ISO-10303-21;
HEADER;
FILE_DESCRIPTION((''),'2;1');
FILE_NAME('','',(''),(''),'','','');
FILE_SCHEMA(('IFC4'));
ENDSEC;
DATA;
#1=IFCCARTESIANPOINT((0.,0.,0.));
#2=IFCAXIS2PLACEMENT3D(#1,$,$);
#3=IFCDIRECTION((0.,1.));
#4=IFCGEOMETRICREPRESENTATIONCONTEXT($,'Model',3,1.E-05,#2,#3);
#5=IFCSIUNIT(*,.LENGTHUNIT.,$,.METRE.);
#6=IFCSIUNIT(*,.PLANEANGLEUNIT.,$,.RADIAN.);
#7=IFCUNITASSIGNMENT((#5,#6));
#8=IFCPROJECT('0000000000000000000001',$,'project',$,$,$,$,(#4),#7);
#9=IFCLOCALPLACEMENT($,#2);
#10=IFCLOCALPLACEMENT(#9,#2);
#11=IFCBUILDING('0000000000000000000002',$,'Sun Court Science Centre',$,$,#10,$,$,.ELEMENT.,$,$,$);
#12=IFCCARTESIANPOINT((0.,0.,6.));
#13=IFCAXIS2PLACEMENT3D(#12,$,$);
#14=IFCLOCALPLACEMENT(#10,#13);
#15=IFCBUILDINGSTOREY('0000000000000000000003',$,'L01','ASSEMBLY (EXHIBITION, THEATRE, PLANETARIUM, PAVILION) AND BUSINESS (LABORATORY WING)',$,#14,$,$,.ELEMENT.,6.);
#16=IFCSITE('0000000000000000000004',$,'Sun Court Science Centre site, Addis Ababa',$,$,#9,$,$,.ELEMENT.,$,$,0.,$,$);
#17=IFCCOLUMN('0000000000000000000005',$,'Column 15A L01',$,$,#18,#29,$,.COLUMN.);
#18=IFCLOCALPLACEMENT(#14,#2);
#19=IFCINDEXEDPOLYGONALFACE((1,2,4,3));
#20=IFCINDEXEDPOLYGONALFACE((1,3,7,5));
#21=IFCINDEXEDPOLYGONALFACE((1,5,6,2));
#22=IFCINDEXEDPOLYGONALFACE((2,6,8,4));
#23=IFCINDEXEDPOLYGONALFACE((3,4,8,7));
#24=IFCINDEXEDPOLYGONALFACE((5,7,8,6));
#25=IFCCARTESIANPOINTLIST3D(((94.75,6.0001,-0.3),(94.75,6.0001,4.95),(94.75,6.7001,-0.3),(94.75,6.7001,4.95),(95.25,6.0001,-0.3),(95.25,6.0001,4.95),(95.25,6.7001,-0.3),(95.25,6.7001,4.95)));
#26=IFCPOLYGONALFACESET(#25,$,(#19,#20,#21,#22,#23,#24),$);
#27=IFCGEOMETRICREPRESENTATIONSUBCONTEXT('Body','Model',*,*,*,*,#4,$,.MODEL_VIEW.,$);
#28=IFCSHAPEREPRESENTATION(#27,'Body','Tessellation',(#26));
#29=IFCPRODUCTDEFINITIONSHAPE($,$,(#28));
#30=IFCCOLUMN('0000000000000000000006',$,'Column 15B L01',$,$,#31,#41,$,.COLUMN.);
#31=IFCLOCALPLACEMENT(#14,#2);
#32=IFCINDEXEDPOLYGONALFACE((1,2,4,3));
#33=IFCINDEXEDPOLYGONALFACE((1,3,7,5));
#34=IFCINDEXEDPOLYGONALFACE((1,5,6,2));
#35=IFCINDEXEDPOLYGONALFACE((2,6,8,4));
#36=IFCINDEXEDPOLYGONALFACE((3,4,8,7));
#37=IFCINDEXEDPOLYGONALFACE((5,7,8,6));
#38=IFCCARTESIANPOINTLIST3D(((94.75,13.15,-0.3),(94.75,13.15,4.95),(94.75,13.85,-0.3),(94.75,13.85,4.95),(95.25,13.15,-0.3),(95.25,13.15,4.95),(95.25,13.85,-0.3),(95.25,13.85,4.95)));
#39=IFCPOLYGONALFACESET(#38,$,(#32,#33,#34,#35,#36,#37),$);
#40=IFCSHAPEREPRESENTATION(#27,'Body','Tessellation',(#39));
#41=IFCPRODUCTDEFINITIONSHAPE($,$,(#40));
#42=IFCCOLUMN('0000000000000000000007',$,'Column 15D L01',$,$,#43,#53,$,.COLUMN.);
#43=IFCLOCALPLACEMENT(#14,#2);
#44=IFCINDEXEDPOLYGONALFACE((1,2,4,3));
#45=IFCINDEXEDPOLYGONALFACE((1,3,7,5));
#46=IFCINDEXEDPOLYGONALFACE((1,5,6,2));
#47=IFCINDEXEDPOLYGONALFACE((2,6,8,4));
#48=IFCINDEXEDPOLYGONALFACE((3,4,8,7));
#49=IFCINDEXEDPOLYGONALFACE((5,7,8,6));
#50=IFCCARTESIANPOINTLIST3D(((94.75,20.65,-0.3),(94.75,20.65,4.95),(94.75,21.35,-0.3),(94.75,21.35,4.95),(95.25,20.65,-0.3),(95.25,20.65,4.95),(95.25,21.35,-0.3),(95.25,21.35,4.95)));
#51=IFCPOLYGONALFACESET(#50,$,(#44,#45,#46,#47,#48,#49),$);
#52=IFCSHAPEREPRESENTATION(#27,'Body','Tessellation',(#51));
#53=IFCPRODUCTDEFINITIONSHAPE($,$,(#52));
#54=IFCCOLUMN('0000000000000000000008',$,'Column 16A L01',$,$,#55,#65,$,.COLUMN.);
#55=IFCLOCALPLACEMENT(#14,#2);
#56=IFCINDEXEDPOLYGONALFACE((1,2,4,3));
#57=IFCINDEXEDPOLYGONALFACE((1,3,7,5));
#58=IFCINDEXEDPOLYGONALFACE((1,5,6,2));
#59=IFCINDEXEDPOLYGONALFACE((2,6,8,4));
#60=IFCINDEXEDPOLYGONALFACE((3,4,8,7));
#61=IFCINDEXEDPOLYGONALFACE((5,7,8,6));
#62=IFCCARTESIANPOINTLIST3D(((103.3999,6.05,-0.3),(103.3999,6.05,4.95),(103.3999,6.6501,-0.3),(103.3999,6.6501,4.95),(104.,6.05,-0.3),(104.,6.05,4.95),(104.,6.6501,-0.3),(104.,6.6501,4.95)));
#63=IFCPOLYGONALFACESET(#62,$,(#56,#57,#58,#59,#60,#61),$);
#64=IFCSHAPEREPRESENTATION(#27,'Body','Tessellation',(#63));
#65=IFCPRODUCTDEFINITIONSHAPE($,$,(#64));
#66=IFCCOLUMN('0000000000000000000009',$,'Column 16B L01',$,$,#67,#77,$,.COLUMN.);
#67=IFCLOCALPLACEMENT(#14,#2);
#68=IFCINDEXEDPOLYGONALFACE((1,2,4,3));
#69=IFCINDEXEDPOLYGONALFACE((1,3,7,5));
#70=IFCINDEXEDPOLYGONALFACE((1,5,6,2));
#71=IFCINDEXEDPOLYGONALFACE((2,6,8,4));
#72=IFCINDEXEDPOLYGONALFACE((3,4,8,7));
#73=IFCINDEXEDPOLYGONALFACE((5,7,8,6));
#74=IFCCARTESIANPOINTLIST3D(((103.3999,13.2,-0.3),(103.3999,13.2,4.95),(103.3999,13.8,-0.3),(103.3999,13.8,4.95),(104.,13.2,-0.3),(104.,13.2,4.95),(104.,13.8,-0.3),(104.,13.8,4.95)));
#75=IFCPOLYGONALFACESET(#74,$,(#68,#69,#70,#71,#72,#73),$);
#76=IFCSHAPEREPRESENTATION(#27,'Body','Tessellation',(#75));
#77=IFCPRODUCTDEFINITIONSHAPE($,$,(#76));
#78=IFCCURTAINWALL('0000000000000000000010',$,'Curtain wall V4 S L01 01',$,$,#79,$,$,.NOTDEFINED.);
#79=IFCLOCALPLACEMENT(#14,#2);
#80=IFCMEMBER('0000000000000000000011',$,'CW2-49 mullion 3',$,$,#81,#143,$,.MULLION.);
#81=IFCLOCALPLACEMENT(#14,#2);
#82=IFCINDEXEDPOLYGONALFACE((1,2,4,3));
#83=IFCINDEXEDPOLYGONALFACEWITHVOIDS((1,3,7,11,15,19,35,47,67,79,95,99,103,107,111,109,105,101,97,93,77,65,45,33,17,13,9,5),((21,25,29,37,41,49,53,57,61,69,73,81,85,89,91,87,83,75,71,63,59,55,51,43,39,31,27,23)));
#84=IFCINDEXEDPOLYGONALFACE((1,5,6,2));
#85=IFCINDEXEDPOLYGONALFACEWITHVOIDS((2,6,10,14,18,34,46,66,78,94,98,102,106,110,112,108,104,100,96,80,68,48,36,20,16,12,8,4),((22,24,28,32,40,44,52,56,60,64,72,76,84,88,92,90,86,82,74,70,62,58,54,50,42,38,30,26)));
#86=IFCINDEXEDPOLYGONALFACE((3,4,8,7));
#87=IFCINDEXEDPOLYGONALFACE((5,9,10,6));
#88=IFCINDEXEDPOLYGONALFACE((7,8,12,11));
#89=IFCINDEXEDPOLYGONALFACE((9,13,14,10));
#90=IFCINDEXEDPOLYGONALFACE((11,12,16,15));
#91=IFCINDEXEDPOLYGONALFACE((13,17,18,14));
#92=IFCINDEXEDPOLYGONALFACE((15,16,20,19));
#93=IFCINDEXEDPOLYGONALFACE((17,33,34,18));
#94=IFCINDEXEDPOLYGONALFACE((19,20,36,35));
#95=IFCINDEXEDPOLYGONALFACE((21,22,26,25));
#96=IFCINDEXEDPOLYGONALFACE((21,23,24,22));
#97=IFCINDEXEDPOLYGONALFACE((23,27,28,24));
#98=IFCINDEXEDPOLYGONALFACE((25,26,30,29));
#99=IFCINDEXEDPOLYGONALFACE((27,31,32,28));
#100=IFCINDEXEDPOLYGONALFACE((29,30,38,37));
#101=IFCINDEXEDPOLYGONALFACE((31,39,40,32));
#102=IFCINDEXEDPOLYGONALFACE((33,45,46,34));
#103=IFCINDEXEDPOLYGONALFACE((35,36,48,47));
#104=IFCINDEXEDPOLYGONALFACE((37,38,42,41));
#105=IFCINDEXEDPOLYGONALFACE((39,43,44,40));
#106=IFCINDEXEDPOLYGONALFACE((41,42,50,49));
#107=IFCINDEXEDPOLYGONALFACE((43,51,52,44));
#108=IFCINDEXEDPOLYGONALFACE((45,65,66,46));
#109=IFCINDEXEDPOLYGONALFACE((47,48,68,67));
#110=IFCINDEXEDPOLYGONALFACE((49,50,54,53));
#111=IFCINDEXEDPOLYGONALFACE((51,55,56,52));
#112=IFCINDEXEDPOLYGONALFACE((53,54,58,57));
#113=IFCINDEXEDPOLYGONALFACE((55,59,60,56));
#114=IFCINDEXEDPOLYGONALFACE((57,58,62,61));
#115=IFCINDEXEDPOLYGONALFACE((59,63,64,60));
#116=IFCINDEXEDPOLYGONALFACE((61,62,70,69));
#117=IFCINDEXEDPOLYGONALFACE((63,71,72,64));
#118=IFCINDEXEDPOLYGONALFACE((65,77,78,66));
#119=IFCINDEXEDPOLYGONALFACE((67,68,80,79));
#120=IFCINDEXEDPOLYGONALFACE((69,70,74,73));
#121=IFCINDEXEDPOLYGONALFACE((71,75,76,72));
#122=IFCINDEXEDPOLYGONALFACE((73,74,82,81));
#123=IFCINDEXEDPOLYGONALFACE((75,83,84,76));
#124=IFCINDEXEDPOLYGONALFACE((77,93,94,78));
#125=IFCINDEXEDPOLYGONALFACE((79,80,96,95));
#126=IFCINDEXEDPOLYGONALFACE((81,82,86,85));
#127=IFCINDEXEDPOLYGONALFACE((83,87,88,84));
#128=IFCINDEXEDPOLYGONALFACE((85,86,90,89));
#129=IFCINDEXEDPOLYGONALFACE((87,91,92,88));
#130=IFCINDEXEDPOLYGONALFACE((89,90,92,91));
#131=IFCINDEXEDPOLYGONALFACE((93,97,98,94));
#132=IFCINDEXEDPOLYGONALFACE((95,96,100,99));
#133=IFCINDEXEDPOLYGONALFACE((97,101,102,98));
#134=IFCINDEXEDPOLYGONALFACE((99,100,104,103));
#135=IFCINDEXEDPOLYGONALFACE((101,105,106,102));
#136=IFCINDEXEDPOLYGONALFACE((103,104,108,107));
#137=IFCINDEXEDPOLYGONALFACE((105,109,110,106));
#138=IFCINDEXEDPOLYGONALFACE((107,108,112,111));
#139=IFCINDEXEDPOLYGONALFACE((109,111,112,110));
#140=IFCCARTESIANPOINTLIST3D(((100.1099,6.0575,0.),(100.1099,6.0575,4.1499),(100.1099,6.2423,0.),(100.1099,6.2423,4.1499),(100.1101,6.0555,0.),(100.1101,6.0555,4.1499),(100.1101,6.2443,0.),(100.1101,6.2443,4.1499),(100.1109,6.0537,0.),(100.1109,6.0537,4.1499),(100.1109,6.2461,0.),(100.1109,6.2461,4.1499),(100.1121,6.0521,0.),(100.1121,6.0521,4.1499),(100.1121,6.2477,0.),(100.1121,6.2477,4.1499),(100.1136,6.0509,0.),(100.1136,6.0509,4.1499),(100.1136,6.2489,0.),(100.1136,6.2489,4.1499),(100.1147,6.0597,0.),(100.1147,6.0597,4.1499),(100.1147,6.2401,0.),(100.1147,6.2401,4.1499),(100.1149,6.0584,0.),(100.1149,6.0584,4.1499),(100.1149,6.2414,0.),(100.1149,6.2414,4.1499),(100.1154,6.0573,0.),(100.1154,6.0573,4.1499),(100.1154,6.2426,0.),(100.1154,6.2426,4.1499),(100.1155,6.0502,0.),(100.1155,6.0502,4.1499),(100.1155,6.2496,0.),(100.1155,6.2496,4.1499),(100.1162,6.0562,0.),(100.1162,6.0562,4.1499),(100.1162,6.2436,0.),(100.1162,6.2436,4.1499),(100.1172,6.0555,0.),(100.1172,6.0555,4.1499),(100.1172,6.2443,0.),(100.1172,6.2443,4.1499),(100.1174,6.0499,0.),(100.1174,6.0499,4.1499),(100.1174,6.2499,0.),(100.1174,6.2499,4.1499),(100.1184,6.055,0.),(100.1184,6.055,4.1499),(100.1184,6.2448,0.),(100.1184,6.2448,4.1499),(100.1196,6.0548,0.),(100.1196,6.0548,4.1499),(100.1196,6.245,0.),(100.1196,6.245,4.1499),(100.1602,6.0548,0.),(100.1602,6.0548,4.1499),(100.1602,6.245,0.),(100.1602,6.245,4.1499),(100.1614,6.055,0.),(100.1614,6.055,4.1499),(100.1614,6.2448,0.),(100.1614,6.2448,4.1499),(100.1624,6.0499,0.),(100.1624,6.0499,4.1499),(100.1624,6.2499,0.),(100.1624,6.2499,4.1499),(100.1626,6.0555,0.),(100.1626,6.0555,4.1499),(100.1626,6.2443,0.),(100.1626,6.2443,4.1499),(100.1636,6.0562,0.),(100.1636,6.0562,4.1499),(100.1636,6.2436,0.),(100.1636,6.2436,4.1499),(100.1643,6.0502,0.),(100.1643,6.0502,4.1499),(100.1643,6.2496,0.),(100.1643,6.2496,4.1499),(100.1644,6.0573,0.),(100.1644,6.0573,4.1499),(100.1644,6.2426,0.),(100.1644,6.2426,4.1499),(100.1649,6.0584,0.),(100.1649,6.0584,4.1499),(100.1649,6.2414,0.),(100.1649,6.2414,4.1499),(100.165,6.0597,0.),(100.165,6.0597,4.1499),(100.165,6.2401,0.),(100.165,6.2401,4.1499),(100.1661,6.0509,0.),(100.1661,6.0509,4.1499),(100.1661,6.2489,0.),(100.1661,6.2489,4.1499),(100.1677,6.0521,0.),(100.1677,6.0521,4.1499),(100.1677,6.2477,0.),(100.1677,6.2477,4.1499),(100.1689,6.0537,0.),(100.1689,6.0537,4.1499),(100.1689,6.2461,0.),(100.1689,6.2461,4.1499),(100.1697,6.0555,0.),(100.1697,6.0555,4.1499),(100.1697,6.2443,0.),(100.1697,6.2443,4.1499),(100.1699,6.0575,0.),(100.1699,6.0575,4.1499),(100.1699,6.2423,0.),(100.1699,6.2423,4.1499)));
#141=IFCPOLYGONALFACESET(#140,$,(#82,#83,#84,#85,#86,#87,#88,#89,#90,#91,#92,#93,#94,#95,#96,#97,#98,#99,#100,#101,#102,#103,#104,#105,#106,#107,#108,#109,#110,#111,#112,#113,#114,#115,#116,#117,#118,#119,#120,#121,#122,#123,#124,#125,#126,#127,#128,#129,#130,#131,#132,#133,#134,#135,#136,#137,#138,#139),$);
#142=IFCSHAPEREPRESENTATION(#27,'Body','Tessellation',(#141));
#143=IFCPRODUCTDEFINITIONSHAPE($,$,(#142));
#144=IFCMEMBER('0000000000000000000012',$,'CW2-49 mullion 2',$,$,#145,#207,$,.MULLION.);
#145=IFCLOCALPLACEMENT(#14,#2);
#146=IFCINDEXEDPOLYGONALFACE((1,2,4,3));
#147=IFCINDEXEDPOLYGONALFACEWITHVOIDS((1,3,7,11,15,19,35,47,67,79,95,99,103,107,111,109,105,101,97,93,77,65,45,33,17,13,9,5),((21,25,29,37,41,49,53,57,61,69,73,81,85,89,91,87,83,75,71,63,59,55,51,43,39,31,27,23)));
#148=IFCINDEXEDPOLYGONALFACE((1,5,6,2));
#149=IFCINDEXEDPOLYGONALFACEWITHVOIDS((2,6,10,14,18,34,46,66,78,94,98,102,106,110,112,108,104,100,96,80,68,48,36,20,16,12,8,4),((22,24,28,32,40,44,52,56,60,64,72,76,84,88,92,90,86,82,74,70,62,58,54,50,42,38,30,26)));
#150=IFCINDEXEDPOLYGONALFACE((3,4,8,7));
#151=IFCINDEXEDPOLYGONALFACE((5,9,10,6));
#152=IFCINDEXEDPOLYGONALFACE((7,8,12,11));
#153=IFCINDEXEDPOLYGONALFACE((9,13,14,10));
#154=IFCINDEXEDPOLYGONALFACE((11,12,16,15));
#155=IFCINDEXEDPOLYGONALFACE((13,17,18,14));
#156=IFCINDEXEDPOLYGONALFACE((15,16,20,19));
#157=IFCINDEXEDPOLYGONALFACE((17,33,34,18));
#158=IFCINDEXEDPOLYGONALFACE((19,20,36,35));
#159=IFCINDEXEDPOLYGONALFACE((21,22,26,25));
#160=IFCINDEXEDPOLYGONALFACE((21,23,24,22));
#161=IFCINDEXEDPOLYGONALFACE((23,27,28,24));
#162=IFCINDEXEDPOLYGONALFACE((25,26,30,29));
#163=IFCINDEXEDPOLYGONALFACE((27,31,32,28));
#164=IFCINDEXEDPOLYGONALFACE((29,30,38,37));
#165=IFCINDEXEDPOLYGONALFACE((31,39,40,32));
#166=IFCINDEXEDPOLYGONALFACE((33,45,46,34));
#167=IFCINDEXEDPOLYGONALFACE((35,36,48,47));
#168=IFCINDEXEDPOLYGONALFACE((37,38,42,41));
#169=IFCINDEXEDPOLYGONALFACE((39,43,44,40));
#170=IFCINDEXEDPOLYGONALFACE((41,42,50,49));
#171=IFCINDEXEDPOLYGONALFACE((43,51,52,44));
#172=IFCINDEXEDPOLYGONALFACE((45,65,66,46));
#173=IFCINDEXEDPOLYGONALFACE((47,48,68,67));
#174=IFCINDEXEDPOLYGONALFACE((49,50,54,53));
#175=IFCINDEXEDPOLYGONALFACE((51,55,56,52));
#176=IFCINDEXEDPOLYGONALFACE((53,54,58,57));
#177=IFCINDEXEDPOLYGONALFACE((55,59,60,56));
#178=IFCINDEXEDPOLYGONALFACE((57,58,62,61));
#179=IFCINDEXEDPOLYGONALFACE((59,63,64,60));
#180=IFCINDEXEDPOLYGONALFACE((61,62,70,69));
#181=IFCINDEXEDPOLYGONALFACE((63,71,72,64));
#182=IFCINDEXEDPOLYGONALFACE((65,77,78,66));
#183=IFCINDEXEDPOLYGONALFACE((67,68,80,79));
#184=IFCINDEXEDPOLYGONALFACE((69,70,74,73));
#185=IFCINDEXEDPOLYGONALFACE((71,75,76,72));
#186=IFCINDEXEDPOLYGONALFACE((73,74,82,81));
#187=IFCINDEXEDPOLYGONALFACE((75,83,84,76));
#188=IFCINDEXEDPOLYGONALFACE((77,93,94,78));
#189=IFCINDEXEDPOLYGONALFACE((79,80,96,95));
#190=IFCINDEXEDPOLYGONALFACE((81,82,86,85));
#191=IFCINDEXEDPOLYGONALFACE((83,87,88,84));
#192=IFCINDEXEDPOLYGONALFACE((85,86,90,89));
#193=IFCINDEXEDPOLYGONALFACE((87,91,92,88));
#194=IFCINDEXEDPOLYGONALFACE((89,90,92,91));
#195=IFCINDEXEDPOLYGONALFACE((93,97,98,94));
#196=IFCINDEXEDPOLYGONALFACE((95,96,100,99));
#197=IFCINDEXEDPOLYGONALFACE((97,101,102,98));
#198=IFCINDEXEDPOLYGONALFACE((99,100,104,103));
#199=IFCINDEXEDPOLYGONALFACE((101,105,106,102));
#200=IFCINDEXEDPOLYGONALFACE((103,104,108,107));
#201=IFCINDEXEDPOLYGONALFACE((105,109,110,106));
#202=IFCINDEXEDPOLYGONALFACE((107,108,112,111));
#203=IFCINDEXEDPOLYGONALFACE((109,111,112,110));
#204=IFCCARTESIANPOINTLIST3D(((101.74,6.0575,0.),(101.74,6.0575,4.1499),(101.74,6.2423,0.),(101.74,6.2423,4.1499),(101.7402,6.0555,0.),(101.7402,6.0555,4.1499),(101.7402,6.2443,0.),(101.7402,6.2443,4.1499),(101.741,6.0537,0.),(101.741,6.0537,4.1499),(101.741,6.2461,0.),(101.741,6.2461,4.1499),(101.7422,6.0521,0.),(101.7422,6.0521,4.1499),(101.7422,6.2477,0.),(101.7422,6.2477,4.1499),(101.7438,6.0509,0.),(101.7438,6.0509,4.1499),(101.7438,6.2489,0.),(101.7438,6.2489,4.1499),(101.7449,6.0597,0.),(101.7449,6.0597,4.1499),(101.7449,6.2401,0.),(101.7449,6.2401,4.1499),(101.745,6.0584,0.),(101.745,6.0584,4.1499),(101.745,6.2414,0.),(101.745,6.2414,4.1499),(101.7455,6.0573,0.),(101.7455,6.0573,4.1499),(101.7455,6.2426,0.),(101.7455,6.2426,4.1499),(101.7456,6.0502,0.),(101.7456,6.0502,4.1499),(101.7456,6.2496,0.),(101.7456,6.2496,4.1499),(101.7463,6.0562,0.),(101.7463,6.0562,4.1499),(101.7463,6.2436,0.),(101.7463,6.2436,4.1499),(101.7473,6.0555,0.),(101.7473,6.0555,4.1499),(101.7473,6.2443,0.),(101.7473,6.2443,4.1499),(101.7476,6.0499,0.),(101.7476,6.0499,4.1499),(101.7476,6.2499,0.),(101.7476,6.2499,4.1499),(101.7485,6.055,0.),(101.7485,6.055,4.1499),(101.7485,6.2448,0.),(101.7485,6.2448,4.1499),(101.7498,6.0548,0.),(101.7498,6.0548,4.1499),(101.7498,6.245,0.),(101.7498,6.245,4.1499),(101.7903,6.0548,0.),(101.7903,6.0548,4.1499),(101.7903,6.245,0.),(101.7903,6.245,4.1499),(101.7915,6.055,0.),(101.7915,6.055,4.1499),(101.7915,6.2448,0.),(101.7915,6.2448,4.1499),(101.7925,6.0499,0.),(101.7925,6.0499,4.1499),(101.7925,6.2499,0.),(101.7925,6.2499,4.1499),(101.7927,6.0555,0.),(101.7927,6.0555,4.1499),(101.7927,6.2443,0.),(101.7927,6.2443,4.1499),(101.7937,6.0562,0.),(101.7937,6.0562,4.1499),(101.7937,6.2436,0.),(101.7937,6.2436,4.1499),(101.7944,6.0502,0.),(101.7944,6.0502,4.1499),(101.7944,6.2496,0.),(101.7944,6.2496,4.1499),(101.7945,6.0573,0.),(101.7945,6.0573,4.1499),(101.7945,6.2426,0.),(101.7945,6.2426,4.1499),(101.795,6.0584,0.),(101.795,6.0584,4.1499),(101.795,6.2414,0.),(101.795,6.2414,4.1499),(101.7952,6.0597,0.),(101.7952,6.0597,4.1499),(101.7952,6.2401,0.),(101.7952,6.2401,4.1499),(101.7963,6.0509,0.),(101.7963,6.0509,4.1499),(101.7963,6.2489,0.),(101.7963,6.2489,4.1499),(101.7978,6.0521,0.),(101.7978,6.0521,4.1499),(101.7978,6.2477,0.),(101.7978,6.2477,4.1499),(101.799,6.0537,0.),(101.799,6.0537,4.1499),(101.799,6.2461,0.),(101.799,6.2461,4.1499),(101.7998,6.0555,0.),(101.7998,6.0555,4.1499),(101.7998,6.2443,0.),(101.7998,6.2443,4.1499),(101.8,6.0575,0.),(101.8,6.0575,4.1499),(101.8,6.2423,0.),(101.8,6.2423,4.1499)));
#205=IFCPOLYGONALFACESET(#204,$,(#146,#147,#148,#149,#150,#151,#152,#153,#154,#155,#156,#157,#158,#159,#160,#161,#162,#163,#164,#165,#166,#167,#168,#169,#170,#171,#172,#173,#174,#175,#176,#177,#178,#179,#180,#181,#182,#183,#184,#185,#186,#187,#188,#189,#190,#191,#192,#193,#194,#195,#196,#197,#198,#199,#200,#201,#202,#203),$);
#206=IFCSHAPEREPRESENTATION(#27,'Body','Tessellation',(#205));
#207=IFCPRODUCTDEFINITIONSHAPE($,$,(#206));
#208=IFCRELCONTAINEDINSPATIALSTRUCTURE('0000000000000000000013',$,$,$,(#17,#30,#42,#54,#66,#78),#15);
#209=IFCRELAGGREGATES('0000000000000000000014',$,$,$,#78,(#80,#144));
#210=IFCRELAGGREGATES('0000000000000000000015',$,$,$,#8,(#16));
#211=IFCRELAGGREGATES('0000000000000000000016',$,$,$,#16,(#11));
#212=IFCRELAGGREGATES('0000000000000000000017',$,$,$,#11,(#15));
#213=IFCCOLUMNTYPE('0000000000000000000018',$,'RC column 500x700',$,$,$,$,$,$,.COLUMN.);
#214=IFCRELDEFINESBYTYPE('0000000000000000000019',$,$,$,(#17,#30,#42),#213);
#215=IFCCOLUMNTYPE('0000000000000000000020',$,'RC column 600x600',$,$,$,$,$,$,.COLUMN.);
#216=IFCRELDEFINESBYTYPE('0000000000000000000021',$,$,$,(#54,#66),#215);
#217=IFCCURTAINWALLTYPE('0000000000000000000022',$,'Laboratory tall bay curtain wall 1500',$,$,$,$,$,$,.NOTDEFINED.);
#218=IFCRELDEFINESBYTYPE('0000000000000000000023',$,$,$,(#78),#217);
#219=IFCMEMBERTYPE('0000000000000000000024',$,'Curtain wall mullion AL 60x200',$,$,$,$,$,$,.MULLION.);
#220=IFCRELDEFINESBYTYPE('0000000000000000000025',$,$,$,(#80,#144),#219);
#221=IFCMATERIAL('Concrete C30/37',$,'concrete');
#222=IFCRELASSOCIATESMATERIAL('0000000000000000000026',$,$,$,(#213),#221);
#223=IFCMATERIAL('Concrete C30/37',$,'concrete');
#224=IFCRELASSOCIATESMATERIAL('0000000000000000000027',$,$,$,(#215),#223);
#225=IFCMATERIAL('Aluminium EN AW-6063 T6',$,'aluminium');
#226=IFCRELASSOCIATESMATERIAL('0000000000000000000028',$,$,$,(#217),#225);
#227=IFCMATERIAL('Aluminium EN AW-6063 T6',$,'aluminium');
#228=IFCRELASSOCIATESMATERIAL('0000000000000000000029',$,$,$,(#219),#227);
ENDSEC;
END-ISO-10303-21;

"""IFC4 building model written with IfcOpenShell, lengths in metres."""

from ifc_helpers import new_model, si_unit, direction, frame, origin, origin_2d, place, context, subcontext, project, spatial, rectangle, hollow_rectangle, extrude, material, material_profile, profile_set, type_object, element, aggregate, save


model = new_model("IFC4")

# Units and contexts
model_context = context("Model", 3, precision=1e-05, world=origin(), true_north=direction((0.0, 1.0)))
body_context = subcontext(model_context, "Body", "Model", "MODEL_VIEW")
ifc_project = project(units=[si_unit("LENGTHUNIT", "METRE"), si_unit("PLANEANGLEUNIT", "RADIAN")], contexts=[model_context])

# Site, building, storey
site_placement = place(None, origin())
site = spatial("IfcSite", under=ifc_project, at=site_placement, Name="Sun Court Science Centre site, Addis Ababa", CompositionType="ELEMENT", RefElevation=0.0)
building_placement = place(site_placement, origin())
building = spatial("IfcBuilding", under=site, at=building_placement, Name="Sun Court Science Centre", CompositionType="ELEMENT")
storey_placement = place(building_placement, frame((0.0, 0.0, 6.0)))
storey = spatial("IfcBuildingStorey", under=building, at=storey_placement, Name="L01", Description="ASSEMBLY (EXHIBITION, THEATRE, PLANETARIUM, PAVILION) AND BUSINESS (LABORATORY WING)", CompositionType="ELEMENT", Elevation=6.0)

# Columns
ifc_material_1 = material(Name="Concrete C30/37", Category="concrete")
ifc_material_profile_1 = material_profile(ifc_material_1, rectangle(XDim=0.5, YDim=0.7, at=origin_2d()), Name="RC 500x700")
ifc_profile_set_1 = profile_set([ifc_material_profile_1], Name="Concrete C30/37")
column_type_1 = type_object("IfcColumnType", Name="RC column 500x700", PredefinedType="COLUMN", material=ifc_profile_set_1)
for number, where, z_axis, x_axis, name in (
    (1, (95.0, 6.3501, -0.3), (0.0, 0.0, 1.0), (1.0, 0.0, 0.0), "Column 15A L01"),
    (2, (95.0, 13.5, -0.3), (0.0, 0.0, 1.0), (1.0, 0.0, 0.0), "Column 15B L01"),
    (3, (95.0, 21.0, -0.3), (0.0, 0.0, 1.0), (1.0, 0.0, 0.0), "Column 15D L01"),
):
    element("IfcColumn", number, at=place(storey_placement, frame(where, z_axis=z_axis, x_axis=x_axis)), inside=storey, type_object=column_type_1, Name=name, PredefinedType="COLUMN", context=body_context, shape_type="SweptSolid", body=[
        extrude(rectangle(XDim=0.5, YDim=0.7, at=origin_2d()), origin(), (0.0, 0.0, 1.0), 5.25),
    ])
ifc_material_2 = material(Name="Concrete C30/37", Category="concrete")
ifc_material_profile_2 = material_profile(ifc_material_2, rectangle(XDim=0.6001, YDim=0.6001, at=origin_2d()), Name="RC 600x600")
ifc_profile_set_2 = profile_set([ifc_material_profile_2], Name="Concrete C30/37")
column_type_2 = type_object("IfcColumnType", Name="RC column 600x600", PredefinedType="COLUMN", material=ifc_profile_set_2)
for number, where, z_axis, x_axis, name in (
    (4, (103.7, 6.3501, -0.3), (0.0, 0.0, 1.0), (1.0, 0.0, 0.0), "Column 16A L01"),
    (5, (103.7, 13.5, -0.3), (0.0, 0.0, 1.0), (1.0, 0.0, 0.0), "Column 16B L01"),
):
    element("IfcColumn", number, at=place(storey_placement, frame(where, z_axis=z_axis, x_axis=x_axis)), inside=storey, type_object=column_type_2, Name=name, PredefinedType="COLUMN", context=body_context, shape_type="SweptSolid", body=[
        extrude(rectangle(XDim=0.6001, YDim=0.6001, at=origin_2d()), origin(), (0.0, 0.0, 1.0), 5.25),
    ])

# Curtain wall, members
ifc_material_3 = material(Name="Aluminium EN AW-6063 T6", Category="aluminium")
curtain_wall_type = type_object("IfcCurtainWallType", Name="Laboratory tall bay curtain wall 1500", PredefinedType="NOTDEFINED", material=ifc_material_3)
curtain_wall_placement = place(storey_placement, origin())
curtain_wall = element("IfcCurtainWall", 6, at=curtain_wall_placement, inside=storey, type_object=curtain_wall_type, Name="Curtain wall V4 S L01 01", PredefinedType="NOTDEFINED")
ifc_material_4 = material(Name="Aluminium EN AW-6063 T6", Category="aluminium")
ifc_material_profile_3 = material_profile(ifc_material_4, hollow_rectangle(XDim=0.0601, YDim=0.2, WallThickness=0.0049, InnerFilletRadius=0.0049, OuterFilletRadius=0.0076, at=origin_2d()), Name="AL 60x200x5")
ifc_profile_set_3 = profile_set([ifc_material_profile_3], Name="Aluminium EN AW-6063 T6")
member_type_1 = type_object("IfcMemberType", Name="Curtain wall mullion AL 60x200", PredefinedType="MULLION", material=ifc_profile_set_3)
member_1_placement = place(storey_placement, frame((100.1399, 6.1499, 0.0), z_axis=(0.0, 0.0, 1.0), x_axis=(-1.0, 0.0, 0.0)))
member_1 = element("IfcMember", 7, at=member_1_placement, type_object=member_type_1, Name="CW2-49 mullion 3", PredefinedType="MULLION", context=body_context, shape_type="SweptSolid", body=[
    extrude(hollow_rectangle(XDim=0.0601, YDim=0.2, WallThickness=0.0049, InnerFilletRadius=0.0049, OuterFilletRadius=0.0076, at=origin_2d()), origin(), (0.0, 0.0, 1.0), 4.1499),
])
member_2_placement = place(storey_placement, frame((101.77, 6.1499, 0.0), z_axis=(0.0, 0.0, 1.0), x_axis=(-1.0, 0.0, 0.0)))
member_2 = element("IfcMember", 8, at=member_2_placement, type_object=member_type_1, Name="CW2-49 mullion 2", PredefinedType="MULLION", context=body_context, shape_type="SweptSolid", body=[
    extrude(hollow_rectangle(XDim=0.0601, YDim=0.2, WallThickness=0.0049, InnerFilletRadius=0.0049, OuterFilletRadius=0.0076, at=origin_2d()), origin(), (0.0, 0.0, 1.0), 4.1499),
])

aggregate(curtain_wall, [member_1, member_2])

save(model, "model.ifc")
